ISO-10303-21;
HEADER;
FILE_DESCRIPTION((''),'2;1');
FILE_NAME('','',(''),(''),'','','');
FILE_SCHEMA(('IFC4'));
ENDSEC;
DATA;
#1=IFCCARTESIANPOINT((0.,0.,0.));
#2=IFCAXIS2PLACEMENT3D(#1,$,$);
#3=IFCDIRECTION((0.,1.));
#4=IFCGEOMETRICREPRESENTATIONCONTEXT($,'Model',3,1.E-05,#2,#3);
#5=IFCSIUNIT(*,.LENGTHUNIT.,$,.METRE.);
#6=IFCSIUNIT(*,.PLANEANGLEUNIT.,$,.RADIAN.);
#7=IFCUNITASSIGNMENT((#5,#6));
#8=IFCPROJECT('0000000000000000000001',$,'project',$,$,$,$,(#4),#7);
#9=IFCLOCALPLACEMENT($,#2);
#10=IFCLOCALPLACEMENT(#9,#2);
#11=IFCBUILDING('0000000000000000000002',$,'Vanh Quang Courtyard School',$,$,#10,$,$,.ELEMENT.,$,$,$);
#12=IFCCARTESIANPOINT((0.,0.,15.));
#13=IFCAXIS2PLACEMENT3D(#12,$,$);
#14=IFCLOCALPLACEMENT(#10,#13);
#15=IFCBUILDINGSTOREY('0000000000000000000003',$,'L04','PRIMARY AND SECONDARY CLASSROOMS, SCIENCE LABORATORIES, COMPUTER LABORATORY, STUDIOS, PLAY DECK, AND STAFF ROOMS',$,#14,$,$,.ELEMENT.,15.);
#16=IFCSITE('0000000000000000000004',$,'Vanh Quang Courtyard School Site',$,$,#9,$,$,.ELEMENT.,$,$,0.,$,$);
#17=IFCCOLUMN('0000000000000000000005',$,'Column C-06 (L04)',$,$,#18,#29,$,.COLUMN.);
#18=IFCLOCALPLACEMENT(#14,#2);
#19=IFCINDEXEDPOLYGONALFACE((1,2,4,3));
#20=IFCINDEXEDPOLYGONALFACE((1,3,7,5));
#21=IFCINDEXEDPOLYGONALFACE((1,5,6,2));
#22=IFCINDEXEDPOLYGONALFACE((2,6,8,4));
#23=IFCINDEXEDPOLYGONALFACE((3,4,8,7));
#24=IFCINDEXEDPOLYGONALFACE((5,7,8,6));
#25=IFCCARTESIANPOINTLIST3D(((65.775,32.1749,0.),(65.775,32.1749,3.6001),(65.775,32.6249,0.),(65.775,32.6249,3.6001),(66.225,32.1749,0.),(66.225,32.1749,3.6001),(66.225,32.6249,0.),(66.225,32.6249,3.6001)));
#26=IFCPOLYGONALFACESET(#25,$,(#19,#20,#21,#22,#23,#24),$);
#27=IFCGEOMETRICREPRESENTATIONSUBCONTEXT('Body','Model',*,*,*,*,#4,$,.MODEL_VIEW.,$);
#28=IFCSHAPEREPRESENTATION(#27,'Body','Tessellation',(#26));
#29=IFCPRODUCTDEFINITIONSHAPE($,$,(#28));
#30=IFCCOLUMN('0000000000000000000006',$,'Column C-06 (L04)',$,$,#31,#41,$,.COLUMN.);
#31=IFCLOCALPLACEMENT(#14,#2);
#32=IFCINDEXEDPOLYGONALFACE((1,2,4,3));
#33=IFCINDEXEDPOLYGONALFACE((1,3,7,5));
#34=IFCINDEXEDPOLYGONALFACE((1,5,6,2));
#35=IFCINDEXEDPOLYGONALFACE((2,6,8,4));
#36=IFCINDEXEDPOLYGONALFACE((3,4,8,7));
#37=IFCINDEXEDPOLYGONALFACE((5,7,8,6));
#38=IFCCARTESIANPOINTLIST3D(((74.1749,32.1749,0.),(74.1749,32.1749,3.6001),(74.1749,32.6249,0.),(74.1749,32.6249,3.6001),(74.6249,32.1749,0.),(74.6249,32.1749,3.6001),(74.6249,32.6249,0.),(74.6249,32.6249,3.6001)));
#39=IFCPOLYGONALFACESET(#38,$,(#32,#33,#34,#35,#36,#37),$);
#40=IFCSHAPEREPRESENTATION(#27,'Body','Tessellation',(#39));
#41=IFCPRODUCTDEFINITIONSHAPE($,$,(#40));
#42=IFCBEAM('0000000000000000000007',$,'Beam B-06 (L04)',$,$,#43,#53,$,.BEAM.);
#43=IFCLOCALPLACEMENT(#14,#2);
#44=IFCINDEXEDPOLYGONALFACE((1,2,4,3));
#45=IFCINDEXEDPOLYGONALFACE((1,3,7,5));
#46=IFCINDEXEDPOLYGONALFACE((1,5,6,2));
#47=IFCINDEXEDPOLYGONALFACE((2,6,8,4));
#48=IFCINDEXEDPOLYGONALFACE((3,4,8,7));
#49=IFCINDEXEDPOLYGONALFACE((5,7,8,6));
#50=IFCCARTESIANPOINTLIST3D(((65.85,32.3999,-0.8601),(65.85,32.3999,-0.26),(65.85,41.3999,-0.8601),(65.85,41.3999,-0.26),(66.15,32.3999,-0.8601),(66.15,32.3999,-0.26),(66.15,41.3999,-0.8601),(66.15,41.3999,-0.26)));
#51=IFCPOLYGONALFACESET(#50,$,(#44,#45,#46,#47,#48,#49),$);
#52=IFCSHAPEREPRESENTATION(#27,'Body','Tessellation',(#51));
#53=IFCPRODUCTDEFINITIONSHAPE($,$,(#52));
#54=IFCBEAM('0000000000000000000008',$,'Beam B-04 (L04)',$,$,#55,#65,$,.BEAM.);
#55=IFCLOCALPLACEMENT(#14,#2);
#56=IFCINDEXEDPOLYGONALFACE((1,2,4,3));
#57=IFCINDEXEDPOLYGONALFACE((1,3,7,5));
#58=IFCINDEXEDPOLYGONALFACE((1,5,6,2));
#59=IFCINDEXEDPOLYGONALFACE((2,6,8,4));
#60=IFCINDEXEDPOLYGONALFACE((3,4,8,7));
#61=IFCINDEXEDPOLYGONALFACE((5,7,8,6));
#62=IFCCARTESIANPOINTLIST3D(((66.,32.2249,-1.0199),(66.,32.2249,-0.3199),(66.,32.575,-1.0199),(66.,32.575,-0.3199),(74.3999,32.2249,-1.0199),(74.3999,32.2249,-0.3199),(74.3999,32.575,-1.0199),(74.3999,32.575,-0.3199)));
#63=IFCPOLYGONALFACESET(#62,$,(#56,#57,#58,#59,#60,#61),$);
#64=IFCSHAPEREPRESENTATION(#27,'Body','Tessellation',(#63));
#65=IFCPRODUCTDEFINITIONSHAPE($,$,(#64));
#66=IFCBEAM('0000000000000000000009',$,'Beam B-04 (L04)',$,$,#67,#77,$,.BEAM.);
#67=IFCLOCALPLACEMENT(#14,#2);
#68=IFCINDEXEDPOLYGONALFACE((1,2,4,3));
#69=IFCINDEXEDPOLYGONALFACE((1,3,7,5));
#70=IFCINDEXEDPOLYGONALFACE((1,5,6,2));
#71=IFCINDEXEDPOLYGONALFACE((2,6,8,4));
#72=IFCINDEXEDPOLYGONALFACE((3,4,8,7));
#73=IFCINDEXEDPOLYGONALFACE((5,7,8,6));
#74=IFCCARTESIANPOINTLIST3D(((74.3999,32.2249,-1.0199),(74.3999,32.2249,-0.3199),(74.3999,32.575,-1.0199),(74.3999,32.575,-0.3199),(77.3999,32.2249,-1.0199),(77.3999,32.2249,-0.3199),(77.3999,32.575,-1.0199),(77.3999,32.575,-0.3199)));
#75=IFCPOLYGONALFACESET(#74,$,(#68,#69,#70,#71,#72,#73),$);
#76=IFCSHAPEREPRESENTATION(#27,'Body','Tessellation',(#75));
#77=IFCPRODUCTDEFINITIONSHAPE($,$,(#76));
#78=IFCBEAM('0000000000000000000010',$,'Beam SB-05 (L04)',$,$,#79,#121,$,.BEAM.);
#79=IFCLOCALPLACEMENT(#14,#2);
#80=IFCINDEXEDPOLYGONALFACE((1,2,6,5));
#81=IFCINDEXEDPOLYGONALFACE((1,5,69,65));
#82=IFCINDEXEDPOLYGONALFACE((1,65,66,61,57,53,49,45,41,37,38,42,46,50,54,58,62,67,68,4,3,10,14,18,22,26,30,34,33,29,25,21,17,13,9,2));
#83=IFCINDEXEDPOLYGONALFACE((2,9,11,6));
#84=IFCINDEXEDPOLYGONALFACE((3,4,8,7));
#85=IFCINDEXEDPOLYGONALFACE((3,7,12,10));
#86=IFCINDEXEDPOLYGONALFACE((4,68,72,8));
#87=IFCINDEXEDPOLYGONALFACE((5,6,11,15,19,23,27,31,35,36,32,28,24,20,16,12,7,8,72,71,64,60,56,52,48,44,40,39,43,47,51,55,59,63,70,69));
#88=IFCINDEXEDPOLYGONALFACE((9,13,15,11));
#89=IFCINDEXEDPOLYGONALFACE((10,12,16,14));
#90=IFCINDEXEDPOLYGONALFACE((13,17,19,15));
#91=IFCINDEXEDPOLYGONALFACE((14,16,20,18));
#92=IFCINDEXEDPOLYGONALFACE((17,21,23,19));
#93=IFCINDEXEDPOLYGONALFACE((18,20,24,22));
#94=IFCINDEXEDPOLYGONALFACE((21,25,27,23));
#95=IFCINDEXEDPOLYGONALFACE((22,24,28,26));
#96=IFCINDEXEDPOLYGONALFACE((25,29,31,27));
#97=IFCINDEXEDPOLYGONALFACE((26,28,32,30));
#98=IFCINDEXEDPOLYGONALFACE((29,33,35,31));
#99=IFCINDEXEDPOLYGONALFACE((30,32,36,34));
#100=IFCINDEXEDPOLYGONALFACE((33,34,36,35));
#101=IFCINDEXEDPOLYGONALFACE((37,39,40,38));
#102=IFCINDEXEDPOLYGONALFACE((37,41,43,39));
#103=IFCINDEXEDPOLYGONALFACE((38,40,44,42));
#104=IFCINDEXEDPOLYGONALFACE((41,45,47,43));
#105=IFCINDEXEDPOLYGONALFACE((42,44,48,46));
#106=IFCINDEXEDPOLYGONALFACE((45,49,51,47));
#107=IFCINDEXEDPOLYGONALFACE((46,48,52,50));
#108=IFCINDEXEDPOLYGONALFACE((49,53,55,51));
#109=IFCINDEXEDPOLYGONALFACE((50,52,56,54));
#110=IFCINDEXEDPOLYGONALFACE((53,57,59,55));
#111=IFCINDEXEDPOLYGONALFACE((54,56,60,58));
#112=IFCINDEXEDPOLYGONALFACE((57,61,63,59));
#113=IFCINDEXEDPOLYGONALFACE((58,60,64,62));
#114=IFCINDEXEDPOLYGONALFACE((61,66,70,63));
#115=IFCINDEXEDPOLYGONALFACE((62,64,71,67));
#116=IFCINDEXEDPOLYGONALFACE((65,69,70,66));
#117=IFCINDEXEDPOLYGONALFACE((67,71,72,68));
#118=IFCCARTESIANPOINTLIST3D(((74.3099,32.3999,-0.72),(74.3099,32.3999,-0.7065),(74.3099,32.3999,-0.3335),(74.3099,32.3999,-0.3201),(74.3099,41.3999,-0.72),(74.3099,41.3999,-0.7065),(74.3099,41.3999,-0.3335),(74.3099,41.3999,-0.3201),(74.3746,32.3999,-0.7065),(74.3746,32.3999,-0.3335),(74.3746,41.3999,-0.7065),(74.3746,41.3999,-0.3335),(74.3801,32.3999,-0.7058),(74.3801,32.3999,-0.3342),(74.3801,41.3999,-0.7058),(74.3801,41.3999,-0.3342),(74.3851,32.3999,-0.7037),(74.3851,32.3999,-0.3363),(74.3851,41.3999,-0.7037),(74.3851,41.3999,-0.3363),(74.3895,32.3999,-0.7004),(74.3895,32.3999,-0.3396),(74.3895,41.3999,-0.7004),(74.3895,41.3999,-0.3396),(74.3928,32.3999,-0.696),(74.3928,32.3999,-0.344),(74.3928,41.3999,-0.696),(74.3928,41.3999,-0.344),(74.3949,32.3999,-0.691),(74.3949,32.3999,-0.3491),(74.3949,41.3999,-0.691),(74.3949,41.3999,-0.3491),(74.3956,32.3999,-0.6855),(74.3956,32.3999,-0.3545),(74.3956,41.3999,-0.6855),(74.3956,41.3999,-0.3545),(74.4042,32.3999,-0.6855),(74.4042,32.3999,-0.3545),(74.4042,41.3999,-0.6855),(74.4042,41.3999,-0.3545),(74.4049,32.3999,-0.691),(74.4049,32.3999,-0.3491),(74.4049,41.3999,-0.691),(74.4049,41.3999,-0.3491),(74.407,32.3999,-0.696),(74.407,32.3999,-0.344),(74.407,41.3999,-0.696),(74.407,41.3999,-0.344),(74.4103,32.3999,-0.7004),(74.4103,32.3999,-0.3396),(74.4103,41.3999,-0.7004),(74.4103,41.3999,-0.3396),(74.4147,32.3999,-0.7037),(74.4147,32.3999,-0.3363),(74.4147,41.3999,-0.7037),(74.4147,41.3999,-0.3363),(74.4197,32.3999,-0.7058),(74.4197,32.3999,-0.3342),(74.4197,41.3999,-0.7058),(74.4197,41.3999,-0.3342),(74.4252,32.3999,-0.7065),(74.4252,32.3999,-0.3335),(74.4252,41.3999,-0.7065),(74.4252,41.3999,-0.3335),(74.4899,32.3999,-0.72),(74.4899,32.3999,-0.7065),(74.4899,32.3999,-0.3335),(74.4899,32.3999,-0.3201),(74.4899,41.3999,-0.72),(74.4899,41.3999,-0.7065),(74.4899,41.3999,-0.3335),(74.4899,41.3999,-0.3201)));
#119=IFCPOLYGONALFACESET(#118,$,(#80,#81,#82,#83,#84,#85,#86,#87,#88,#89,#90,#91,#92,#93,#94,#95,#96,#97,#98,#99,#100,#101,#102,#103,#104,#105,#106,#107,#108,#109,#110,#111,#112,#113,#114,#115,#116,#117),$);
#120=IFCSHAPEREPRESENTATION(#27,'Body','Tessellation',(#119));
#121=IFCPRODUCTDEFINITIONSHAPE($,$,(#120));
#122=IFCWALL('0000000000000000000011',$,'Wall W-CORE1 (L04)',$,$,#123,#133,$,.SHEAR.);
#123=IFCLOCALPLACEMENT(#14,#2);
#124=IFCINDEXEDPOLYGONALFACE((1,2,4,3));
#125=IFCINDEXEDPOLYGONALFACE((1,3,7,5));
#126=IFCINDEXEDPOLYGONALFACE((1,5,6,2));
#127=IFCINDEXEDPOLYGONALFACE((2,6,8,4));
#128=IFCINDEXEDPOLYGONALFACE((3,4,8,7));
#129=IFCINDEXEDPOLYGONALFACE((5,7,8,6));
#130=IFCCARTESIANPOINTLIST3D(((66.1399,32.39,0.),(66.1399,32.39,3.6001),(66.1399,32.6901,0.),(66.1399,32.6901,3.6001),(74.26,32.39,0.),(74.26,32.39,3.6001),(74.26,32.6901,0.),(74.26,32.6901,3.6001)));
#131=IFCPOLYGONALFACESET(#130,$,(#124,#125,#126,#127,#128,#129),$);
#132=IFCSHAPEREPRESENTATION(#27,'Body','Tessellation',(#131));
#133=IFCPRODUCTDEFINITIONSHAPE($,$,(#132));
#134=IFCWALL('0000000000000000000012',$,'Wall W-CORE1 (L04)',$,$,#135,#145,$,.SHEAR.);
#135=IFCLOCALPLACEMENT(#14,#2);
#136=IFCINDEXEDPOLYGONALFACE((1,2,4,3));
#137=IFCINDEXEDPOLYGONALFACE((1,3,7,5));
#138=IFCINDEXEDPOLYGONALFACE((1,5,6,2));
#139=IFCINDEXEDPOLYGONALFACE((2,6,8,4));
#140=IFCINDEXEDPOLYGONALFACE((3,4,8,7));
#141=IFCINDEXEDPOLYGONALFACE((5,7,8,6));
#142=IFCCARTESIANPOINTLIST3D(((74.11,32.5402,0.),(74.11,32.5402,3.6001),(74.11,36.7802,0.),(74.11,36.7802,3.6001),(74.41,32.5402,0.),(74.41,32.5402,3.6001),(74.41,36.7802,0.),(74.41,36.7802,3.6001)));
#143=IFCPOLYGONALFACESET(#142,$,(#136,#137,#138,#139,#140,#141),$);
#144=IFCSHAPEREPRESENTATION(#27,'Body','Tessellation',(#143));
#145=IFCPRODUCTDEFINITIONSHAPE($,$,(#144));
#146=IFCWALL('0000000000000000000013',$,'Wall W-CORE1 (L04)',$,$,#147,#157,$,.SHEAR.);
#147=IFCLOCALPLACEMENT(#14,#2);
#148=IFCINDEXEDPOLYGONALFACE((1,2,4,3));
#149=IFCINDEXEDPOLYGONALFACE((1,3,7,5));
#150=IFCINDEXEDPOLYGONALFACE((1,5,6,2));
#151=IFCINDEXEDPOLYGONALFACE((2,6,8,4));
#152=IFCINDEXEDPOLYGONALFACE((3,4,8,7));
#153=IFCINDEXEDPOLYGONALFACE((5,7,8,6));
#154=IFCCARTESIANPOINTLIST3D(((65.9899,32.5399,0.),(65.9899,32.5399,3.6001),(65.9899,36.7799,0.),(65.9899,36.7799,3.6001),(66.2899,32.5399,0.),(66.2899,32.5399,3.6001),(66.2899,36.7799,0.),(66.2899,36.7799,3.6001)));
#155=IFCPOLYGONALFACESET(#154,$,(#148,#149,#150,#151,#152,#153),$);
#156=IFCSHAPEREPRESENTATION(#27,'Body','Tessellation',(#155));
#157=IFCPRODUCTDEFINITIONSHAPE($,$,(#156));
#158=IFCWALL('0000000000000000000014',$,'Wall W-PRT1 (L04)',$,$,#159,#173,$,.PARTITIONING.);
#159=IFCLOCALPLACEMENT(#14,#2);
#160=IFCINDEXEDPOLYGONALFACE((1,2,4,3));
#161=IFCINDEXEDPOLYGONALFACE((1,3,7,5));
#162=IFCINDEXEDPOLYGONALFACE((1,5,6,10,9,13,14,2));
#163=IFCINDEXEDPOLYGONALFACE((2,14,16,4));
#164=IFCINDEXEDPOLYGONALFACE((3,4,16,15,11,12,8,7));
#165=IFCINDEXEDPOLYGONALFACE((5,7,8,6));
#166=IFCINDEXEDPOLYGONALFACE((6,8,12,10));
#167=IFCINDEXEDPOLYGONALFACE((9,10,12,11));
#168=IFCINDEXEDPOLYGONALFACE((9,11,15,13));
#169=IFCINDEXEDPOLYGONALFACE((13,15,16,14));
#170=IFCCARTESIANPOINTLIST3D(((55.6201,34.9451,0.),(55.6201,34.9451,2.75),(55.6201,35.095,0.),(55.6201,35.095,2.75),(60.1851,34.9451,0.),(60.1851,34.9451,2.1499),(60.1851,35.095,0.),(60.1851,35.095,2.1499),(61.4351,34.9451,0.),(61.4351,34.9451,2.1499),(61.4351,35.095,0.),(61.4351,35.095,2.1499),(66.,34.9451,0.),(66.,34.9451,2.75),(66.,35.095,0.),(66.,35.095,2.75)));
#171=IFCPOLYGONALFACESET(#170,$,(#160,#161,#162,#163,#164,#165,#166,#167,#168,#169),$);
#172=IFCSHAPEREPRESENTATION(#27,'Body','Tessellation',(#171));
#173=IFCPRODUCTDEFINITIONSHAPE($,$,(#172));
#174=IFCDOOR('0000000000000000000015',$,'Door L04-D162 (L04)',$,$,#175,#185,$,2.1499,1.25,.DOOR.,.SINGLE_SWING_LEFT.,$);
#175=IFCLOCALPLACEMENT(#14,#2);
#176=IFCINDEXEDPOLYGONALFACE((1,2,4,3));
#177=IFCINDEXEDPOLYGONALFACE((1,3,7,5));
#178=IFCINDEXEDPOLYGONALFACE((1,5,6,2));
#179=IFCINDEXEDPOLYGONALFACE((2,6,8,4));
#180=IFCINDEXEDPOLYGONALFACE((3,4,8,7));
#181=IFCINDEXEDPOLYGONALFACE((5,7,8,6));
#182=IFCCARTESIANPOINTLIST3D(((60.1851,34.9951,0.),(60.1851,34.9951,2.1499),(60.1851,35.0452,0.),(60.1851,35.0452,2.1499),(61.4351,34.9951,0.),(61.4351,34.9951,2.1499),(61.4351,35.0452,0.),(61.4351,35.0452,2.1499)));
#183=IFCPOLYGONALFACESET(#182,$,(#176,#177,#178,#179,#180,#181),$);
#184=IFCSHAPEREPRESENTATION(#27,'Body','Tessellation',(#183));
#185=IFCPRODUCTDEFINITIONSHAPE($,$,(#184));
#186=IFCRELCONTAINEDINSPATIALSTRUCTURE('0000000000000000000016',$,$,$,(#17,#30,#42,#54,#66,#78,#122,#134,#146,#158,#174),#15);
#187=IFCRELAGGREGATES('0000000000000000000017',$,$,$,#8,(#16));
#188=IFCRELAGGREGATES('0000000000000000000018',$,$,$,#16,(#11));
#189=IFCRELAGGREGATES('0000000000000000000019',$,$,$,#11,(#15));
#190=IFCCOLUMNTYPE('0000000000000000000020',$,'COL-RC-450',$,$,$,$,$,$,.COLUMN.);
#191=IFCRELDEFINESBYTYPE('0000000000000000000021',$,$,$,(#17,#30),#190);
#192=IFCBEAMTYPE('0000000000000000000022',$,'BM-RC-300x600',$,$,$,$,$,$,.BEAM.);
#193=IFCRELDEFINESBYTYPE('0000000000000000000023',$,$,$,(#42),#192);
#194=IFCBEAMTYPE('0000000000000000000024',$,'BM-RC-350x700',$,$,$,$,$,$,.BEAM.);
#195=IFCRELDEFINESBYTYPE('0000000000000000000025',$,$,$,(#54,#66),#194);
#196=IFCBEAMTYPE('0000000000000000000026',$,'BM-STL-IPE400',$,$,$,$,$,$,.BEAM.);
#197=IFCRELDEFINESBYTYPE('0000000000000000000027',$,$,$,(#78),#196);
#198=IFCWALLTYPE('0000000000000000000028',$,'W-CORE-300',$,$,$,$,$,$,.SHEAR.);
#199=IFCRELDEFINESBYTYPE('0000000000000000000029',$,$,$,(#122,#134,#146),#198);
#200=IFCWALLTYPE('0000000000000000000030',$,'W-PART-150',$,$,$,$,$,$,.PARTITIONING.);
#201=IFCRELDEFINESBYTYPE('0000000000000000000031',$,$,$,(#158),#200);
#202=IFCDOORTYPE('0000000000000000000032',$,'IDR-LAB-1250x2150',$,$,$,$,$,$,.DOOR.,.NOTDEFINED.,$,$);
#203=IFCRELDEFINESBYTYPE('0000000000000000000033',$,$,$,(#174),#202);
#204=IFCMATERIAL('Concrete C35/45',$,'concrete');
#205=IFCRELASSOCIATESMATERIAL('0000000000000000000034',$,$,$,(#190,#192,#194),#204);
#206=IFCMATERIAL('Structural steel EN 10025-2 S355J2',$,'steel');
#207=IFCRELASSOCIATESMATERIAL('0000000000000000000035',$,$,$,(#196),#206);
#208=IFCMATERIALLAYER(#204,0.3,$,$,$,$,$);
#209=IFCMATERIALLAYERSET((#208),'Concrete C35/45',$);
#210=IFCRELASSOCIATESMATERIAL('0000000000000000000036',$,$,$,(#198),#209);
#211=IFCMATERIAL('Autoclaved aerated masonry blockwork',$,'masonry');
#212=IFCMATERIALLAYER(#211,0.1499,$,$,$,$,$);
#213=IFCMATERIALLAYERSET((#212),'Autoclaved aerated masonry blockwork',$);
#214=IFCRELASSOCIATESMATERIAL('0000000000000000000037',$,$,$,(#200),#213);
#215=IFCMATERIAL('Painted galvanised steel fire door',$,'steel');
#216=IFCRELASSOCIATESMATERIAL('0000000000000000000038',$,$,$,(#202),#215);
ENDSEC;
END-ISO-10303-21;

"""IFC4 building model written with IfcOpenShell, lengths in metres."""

from ifc_helpers import new_model, si_unit, direction, frame, frame_2d, origin, origin_2d, place, context, subcontext, project, spatial, rectangle, i_section, extrude, material, layer, layer_set, material_profile, profile_set, type_object, element, fill, save


model = new_model("IFC4")

# Units and contexts
model_context = context("Model", 3, precision=1e-05, world=origin(), true_north=direction((0.0, 1.0)))
body_context = subcontext(model_context, "Body", "Model", "MODEL_VIEW")
ifc_project = project(units=[si_unit("LENGTHUNIT", "METRE"), si_unit("PLANEANGLEUNIT", "RADIAN")], contexts=[model_context])

# Site, building, storey
site_placement = place(None, origin())
site = spatial("IfcSite", under=ifc_project, at=site_placement, Name="Vanh Quang Courtyard School Site", CompositionType="ELEMENT", RefElevation=0.0)
building_placement = place(site_placement, origin())
building = spatial("IfcBuilding", under=site, at=building_placement, Name="Vanh Quang Courtyard School", CompositionType="ELEMENT")
storey_placement = place(building_placement, frame((0.0, 0.0, 15.0)))
storey = spatial("IfcBuildingStorey", under=building, at=storey_placement, Name="L04", Description="PRIMARY AND SECONDARY CLASSROOMS, SCIENCE LABORATORIES, COMPUTER LABORATORY, STUDIOS, PLAY DECK, AND STAFF ROOMS", CompositionType="ELEMENT", Elevation=15.0)

# Columns
ifc_material_1 = material(Name="Concrete C35/45", Category="concrete")
ifc_material_profile_1 = material_profile(ifc_material_1, rectangle(XDim=0.45, YDim=0.45, at=origin_2d()), Name="RC-COL 450x450")
ifc_profile_set_1 = profile_set([ifc_material_profile_1], Name="Concrete C35/45")
column_type = type_object("IfcColumnType", Name="COL-RC-450", PredefinedType="COLUMN", material=ifc_profile_set_1)
for number, where, z_axis, x_axis, name in (
    (1, (66.0, 32.3999, 0.0), (0.0, 0.0, 1.0), (1.0, 0.0, 0.0), "Column C-06 (L04)"),
    (2, (74.3999, 32.3999, 0.0), (0.0, 0.0, 1.0), (1.0, 0.0, 0.0), "Column C-06 (L04)"),
):
    element("IfcColumn", number, at=place(storey_placement, frame(where, z_axis=z_axis, x_axis=x_axis)), inside=storey, type_object=column_type, Name=name, PredefinedType="COLUMN", context=body_context, shape_type="SweptSolid", body=[
        extrude(rectangle(XDim=0.45, YDim=0.45, at=origin_2d()), origin(), (0.0, 0.0, 1.0), 3.6001),
    ])

# Beams
ifc_material_profile_2 = material_profile(ifc_material_1, rectangle(XDim=0.3, YDim=0.6001, at=origin_2d()), Name="RC-BM 300x600")
ifc_profile_set_2 = profile_set([ifc_material_profile_2], Name="Concrete C35/45")
beam_type_1 = type_object("IfcBeamType", Name="BM-RC-300x600", PredefinedType="BEAM", material=ifc_profile_set_2)
beam_1_placement = place(storey_placement, frame((66.0, 32.3999, -0.5601), z_axis=(0.0, 1.0, 0.0), x_axis=(-1.0, 0.0, 0.0)))
element("IfcBeam", 3, at=beam_1_placement, inside=storey, type_object=beam_type_1, Name="Beam B-06 (L04)", PredefinedType="BEAM", context=body_context, shape_type="SweptSolid", body=[
    extrude(rectangle(XDim=0.3, YDim=0.6001, at=origin_2d()), origin(), (0.0, 0.0, 1.0), 9.0),
])
ifc_material_profile_3 = material_profile(ifc_material_1, rectangle(XDim=0.3501, YDim=0.7, at=origin_2d()), Name="RC-BM 350x700")
ifc_profile_set_3 = profile_set([ifc_material_profile_3], Name="Concrete C35/45")
beam_type_2 = type_object("IfcBeamType", Name="BM-RC-350x700", PredefinedType="BEAM", material=ifc_profile_set_3)
beam_2_placement = place(storey_placement, frame((66.0, 32.3999, -0.6699), z_axis=(1.0, 0.0, 0.0), x_axis=(0.0, 1.0, 0.0)))
element("IfcBeam", 4, at=beam_2_placement, inside=storey, type_object=beam_type_2, Name="Beam B-04 (L04)", PredefinedType="BEAM", context=body_context, shape_type="SweptSolid", body=[
    extrude(rectangle(XDim=0.3501, YDim=0.7, at=origin_2d()), origin(), (0.0, 0.0, 1.0), 8.3999),
])
beam_3_placement = place(storey_placement, frame((74.3999, 32.3999, -0.6699), z_axis=(1.0, 0.0, 0.0), x_axis=(0.0, 1.0, 0.0)))
element("IfcBeam", 5, at=beam_3_placement, inside=storey, type_object=beam_type_2, Name="Beam B-04 (L04)", PredefinedType="BEAM", context=body_context, shape_type="SweptSolid", body=[
    extrude(rectangle(XDim=0.3501, YDim=0.7, at=origin_2d()), origin(), (0.0, 0.0, 1.0), 3.0),
])
ifc_material_2 = material(Name="Structural steel EN 10025-2 S355J2", Category="steel")
ifc_material_profile_4 = material_profile(ifc_material_2, i_section(OverallWidth=0.1799, OverallDepth=0.3999, WebThickness=0.0085, FlangeThickness=0.0134, FilletRadius=0.021, at=origin_2d()), Name="IPE 400")
ifc_profile_set_4 = profile_set([ifc_material_profile_4], Name="Structural steel EN 10025-2 S355J2")
beam_type_3 = type_object("IfcBeamType", Name="BM-STL-IPE400", PredefinedType="BEAM", material=ifc_profile_set_4)
beam_4_placement = place(storey_placement, frame((74.3999, 32.3999, -0.52), z_axis=(0.0, 1.0, 0.0), x_axis=(-1.0, 0.0, 0.0)))
element("IfcBeam", 6, at=beam_4_placement, inside=storey, type_object=beam_type_3, Name="Beam SB-05 (L04)", PredefinedType="BEAM", context=body_context, shape_type="SweptSolid", body=[
    extrude(i_section(OverallWidth=0.1799, OverallDepth=0.3999, WebThickness=0.0085, FlangeThickness=0.0134, FilletRadius=0.021, at=origin_2d()), origin(), (0.0, 0.0, 1.0), 9.0),
])

# Walls
ifc_layer_1 = layer(ifc_material_1, 0.3)
ifc_layer_set_1 = layer_set([ifc_layer_1], Name="Concrete C35/45")
wall_type_1 = type_object("IfcWallType", Name="W-CORE-300", PredefinedType="SHEAR", material=ifc_layer_set_1)
wall_1_placement = place(storey_placement, frame((66.1399, 32.54, 0.0), z_axis=(0.0, 0.0, 1.0), x_axis=(1.0, 0.0, 0.0)))
element("IfcWall", 7, at=wall_1_placement, inside=storey, type_object=wall_type_1, Name="Wall W-CORE1 (L04)", PredefinedType="SHEAR", context=body_context, shape_type="SweptSolid", body=[
    extrude(rectangle(XDim=8.1201, YDim=0.3, at=frame_2d((4.0601, 0.0))), origin(), (0.0, 0.0, 1.0), 3.6001),
])
wall_2_placement = place(storey_placement, frame((74.26, 32.54, 0.0), z_axis=(0.0, 0.0, 1.0), x_axis=(0.0, 1.0, 0.0)))
element("IfcWall", 8, at=wall_2_placement, inside=storey, type_object=wall_type_1, Name="Wall W-CORE1 (L04)", PredefinedType="SHEAR", context=body_context, shape_type="SweptSolid", body=[
    extrude(rectangle(XDim=4.24, YDim=0.3, at=frame_2d((2.1201, 0.0))), origin(), (0.0, 0.0, 1.0), 3.6001),
])

# Shared definitions
ifc_material_3 = material(Name="Painted galvanised steel fire door", Category="steel")

# Wall
wall_3_placement = place(storey_placement, frame((66.1399, 36.78, 0.0), z_axis=(0.0, 0.0, 1.0), x_axis=(0.0, -1.0, 0.0)))
element("IfcWall", 9, at=wall_3_placement, inside=storey, type_object=wall_type_1, Name="Wall W-CORE1 (L04)", PredefinedType="SHEAR", context=body_context, shape_type="SweptSolid", body=[
    extrude(rectangle(XDim=4.24, YDim=0.3, at=frame_2d((2.1201, 0.0))), origin(), (0.0, 0.0, 1.0), 3.6001),
])

# Wall, opening, door
ifc_material_4 = material(Name="Autoclaved aerated masonry blockwork", Category="masonry")
ifc_layer_2 = layer(ifc_material_4, 0.1499)
ifc_layer_set_2 = layer_set([ifc_layer_2], Name="Autoclaved aerated masonry blockwork")
wall_type_2 = type_object("IfcWallType", Name="W-PART-150", PredefinedType="PARTITIONING", material=ifc_layer_set_2)
wall_4_placement = place(storey_placement, frame((66.0, 35.02, 0.0), z_axis=(0.0, 0.0, 1.0), x_axis=(-1.0, 0.0, 0.0)))
wall_4 = element("IfcWall", 10, at=wall_4_placement, inside=storey, type_object=wall_type_2, Name="Wall W-PRT1 (L04)", PredefinedType="PARTITIONING", context=body_context, shape_type="SweptSolid", body=[
    extrude(rectangle(XDim=10.3799, YDim=0.1499, at=frame_2d((5.1899, 0.0))), origin(), (0.0, 0.0, 1.0), 2.75),
])
opening_1_placement = place(wall_4_placement, frame((4.5649, 0.0, 0.0)))
opening_1 = element("IfcOpeningElement", 11, at=opening_1_placement, cuts=wall_4, PredefinedType="OPENING", context=body_context, shape_type="SweptSolid", body=[
    extrude(rectangle(XDim=1.25, YDim=2.1499, at=frame_2d((0.625, 1.075))), frame((0.0, 0.085, 0.0), z_axis=(0.0, -1.0, 0.0), x_axis=(1.0, 0.0, 0.0)), (0.0, 0.0, 1.0), 0.1699),
])
door_type_1 = type_object("IfcDoorType", Name="IDR-LAB-1250x2150", OperationType="NOTDEFINED", PredefinedType="DOOR", material=ifc_material_3)
door_1_placement = place(opening_1_placement, origin())
door_1 = element("IfcDoor", 12, at=door_1_placement, inside=storey, type_object=door_type_1, Name="Door L04-D162 (L04)", OperationType="SINGLE_SWING_LEFT", OverallHeight=2.1499, OverallWidth=1.25, PredefinedType="DOOR", context=body_context, shape_type="SweptSolid", body=[
    extrude(rectangle(XDim=1.25, YDim=2.1499, at=frame_2d((0.625, 1.075))), frame((0.0, 0.0249, 0.0), z_axis=(0.0, -1.0, 0.0), x_axis=(1.0, 0.0, 0.0)), (0.0, 0.0, 1.0), 0.05),
])
fill(opening_1, door_1)

save(model, "model.ifc")
